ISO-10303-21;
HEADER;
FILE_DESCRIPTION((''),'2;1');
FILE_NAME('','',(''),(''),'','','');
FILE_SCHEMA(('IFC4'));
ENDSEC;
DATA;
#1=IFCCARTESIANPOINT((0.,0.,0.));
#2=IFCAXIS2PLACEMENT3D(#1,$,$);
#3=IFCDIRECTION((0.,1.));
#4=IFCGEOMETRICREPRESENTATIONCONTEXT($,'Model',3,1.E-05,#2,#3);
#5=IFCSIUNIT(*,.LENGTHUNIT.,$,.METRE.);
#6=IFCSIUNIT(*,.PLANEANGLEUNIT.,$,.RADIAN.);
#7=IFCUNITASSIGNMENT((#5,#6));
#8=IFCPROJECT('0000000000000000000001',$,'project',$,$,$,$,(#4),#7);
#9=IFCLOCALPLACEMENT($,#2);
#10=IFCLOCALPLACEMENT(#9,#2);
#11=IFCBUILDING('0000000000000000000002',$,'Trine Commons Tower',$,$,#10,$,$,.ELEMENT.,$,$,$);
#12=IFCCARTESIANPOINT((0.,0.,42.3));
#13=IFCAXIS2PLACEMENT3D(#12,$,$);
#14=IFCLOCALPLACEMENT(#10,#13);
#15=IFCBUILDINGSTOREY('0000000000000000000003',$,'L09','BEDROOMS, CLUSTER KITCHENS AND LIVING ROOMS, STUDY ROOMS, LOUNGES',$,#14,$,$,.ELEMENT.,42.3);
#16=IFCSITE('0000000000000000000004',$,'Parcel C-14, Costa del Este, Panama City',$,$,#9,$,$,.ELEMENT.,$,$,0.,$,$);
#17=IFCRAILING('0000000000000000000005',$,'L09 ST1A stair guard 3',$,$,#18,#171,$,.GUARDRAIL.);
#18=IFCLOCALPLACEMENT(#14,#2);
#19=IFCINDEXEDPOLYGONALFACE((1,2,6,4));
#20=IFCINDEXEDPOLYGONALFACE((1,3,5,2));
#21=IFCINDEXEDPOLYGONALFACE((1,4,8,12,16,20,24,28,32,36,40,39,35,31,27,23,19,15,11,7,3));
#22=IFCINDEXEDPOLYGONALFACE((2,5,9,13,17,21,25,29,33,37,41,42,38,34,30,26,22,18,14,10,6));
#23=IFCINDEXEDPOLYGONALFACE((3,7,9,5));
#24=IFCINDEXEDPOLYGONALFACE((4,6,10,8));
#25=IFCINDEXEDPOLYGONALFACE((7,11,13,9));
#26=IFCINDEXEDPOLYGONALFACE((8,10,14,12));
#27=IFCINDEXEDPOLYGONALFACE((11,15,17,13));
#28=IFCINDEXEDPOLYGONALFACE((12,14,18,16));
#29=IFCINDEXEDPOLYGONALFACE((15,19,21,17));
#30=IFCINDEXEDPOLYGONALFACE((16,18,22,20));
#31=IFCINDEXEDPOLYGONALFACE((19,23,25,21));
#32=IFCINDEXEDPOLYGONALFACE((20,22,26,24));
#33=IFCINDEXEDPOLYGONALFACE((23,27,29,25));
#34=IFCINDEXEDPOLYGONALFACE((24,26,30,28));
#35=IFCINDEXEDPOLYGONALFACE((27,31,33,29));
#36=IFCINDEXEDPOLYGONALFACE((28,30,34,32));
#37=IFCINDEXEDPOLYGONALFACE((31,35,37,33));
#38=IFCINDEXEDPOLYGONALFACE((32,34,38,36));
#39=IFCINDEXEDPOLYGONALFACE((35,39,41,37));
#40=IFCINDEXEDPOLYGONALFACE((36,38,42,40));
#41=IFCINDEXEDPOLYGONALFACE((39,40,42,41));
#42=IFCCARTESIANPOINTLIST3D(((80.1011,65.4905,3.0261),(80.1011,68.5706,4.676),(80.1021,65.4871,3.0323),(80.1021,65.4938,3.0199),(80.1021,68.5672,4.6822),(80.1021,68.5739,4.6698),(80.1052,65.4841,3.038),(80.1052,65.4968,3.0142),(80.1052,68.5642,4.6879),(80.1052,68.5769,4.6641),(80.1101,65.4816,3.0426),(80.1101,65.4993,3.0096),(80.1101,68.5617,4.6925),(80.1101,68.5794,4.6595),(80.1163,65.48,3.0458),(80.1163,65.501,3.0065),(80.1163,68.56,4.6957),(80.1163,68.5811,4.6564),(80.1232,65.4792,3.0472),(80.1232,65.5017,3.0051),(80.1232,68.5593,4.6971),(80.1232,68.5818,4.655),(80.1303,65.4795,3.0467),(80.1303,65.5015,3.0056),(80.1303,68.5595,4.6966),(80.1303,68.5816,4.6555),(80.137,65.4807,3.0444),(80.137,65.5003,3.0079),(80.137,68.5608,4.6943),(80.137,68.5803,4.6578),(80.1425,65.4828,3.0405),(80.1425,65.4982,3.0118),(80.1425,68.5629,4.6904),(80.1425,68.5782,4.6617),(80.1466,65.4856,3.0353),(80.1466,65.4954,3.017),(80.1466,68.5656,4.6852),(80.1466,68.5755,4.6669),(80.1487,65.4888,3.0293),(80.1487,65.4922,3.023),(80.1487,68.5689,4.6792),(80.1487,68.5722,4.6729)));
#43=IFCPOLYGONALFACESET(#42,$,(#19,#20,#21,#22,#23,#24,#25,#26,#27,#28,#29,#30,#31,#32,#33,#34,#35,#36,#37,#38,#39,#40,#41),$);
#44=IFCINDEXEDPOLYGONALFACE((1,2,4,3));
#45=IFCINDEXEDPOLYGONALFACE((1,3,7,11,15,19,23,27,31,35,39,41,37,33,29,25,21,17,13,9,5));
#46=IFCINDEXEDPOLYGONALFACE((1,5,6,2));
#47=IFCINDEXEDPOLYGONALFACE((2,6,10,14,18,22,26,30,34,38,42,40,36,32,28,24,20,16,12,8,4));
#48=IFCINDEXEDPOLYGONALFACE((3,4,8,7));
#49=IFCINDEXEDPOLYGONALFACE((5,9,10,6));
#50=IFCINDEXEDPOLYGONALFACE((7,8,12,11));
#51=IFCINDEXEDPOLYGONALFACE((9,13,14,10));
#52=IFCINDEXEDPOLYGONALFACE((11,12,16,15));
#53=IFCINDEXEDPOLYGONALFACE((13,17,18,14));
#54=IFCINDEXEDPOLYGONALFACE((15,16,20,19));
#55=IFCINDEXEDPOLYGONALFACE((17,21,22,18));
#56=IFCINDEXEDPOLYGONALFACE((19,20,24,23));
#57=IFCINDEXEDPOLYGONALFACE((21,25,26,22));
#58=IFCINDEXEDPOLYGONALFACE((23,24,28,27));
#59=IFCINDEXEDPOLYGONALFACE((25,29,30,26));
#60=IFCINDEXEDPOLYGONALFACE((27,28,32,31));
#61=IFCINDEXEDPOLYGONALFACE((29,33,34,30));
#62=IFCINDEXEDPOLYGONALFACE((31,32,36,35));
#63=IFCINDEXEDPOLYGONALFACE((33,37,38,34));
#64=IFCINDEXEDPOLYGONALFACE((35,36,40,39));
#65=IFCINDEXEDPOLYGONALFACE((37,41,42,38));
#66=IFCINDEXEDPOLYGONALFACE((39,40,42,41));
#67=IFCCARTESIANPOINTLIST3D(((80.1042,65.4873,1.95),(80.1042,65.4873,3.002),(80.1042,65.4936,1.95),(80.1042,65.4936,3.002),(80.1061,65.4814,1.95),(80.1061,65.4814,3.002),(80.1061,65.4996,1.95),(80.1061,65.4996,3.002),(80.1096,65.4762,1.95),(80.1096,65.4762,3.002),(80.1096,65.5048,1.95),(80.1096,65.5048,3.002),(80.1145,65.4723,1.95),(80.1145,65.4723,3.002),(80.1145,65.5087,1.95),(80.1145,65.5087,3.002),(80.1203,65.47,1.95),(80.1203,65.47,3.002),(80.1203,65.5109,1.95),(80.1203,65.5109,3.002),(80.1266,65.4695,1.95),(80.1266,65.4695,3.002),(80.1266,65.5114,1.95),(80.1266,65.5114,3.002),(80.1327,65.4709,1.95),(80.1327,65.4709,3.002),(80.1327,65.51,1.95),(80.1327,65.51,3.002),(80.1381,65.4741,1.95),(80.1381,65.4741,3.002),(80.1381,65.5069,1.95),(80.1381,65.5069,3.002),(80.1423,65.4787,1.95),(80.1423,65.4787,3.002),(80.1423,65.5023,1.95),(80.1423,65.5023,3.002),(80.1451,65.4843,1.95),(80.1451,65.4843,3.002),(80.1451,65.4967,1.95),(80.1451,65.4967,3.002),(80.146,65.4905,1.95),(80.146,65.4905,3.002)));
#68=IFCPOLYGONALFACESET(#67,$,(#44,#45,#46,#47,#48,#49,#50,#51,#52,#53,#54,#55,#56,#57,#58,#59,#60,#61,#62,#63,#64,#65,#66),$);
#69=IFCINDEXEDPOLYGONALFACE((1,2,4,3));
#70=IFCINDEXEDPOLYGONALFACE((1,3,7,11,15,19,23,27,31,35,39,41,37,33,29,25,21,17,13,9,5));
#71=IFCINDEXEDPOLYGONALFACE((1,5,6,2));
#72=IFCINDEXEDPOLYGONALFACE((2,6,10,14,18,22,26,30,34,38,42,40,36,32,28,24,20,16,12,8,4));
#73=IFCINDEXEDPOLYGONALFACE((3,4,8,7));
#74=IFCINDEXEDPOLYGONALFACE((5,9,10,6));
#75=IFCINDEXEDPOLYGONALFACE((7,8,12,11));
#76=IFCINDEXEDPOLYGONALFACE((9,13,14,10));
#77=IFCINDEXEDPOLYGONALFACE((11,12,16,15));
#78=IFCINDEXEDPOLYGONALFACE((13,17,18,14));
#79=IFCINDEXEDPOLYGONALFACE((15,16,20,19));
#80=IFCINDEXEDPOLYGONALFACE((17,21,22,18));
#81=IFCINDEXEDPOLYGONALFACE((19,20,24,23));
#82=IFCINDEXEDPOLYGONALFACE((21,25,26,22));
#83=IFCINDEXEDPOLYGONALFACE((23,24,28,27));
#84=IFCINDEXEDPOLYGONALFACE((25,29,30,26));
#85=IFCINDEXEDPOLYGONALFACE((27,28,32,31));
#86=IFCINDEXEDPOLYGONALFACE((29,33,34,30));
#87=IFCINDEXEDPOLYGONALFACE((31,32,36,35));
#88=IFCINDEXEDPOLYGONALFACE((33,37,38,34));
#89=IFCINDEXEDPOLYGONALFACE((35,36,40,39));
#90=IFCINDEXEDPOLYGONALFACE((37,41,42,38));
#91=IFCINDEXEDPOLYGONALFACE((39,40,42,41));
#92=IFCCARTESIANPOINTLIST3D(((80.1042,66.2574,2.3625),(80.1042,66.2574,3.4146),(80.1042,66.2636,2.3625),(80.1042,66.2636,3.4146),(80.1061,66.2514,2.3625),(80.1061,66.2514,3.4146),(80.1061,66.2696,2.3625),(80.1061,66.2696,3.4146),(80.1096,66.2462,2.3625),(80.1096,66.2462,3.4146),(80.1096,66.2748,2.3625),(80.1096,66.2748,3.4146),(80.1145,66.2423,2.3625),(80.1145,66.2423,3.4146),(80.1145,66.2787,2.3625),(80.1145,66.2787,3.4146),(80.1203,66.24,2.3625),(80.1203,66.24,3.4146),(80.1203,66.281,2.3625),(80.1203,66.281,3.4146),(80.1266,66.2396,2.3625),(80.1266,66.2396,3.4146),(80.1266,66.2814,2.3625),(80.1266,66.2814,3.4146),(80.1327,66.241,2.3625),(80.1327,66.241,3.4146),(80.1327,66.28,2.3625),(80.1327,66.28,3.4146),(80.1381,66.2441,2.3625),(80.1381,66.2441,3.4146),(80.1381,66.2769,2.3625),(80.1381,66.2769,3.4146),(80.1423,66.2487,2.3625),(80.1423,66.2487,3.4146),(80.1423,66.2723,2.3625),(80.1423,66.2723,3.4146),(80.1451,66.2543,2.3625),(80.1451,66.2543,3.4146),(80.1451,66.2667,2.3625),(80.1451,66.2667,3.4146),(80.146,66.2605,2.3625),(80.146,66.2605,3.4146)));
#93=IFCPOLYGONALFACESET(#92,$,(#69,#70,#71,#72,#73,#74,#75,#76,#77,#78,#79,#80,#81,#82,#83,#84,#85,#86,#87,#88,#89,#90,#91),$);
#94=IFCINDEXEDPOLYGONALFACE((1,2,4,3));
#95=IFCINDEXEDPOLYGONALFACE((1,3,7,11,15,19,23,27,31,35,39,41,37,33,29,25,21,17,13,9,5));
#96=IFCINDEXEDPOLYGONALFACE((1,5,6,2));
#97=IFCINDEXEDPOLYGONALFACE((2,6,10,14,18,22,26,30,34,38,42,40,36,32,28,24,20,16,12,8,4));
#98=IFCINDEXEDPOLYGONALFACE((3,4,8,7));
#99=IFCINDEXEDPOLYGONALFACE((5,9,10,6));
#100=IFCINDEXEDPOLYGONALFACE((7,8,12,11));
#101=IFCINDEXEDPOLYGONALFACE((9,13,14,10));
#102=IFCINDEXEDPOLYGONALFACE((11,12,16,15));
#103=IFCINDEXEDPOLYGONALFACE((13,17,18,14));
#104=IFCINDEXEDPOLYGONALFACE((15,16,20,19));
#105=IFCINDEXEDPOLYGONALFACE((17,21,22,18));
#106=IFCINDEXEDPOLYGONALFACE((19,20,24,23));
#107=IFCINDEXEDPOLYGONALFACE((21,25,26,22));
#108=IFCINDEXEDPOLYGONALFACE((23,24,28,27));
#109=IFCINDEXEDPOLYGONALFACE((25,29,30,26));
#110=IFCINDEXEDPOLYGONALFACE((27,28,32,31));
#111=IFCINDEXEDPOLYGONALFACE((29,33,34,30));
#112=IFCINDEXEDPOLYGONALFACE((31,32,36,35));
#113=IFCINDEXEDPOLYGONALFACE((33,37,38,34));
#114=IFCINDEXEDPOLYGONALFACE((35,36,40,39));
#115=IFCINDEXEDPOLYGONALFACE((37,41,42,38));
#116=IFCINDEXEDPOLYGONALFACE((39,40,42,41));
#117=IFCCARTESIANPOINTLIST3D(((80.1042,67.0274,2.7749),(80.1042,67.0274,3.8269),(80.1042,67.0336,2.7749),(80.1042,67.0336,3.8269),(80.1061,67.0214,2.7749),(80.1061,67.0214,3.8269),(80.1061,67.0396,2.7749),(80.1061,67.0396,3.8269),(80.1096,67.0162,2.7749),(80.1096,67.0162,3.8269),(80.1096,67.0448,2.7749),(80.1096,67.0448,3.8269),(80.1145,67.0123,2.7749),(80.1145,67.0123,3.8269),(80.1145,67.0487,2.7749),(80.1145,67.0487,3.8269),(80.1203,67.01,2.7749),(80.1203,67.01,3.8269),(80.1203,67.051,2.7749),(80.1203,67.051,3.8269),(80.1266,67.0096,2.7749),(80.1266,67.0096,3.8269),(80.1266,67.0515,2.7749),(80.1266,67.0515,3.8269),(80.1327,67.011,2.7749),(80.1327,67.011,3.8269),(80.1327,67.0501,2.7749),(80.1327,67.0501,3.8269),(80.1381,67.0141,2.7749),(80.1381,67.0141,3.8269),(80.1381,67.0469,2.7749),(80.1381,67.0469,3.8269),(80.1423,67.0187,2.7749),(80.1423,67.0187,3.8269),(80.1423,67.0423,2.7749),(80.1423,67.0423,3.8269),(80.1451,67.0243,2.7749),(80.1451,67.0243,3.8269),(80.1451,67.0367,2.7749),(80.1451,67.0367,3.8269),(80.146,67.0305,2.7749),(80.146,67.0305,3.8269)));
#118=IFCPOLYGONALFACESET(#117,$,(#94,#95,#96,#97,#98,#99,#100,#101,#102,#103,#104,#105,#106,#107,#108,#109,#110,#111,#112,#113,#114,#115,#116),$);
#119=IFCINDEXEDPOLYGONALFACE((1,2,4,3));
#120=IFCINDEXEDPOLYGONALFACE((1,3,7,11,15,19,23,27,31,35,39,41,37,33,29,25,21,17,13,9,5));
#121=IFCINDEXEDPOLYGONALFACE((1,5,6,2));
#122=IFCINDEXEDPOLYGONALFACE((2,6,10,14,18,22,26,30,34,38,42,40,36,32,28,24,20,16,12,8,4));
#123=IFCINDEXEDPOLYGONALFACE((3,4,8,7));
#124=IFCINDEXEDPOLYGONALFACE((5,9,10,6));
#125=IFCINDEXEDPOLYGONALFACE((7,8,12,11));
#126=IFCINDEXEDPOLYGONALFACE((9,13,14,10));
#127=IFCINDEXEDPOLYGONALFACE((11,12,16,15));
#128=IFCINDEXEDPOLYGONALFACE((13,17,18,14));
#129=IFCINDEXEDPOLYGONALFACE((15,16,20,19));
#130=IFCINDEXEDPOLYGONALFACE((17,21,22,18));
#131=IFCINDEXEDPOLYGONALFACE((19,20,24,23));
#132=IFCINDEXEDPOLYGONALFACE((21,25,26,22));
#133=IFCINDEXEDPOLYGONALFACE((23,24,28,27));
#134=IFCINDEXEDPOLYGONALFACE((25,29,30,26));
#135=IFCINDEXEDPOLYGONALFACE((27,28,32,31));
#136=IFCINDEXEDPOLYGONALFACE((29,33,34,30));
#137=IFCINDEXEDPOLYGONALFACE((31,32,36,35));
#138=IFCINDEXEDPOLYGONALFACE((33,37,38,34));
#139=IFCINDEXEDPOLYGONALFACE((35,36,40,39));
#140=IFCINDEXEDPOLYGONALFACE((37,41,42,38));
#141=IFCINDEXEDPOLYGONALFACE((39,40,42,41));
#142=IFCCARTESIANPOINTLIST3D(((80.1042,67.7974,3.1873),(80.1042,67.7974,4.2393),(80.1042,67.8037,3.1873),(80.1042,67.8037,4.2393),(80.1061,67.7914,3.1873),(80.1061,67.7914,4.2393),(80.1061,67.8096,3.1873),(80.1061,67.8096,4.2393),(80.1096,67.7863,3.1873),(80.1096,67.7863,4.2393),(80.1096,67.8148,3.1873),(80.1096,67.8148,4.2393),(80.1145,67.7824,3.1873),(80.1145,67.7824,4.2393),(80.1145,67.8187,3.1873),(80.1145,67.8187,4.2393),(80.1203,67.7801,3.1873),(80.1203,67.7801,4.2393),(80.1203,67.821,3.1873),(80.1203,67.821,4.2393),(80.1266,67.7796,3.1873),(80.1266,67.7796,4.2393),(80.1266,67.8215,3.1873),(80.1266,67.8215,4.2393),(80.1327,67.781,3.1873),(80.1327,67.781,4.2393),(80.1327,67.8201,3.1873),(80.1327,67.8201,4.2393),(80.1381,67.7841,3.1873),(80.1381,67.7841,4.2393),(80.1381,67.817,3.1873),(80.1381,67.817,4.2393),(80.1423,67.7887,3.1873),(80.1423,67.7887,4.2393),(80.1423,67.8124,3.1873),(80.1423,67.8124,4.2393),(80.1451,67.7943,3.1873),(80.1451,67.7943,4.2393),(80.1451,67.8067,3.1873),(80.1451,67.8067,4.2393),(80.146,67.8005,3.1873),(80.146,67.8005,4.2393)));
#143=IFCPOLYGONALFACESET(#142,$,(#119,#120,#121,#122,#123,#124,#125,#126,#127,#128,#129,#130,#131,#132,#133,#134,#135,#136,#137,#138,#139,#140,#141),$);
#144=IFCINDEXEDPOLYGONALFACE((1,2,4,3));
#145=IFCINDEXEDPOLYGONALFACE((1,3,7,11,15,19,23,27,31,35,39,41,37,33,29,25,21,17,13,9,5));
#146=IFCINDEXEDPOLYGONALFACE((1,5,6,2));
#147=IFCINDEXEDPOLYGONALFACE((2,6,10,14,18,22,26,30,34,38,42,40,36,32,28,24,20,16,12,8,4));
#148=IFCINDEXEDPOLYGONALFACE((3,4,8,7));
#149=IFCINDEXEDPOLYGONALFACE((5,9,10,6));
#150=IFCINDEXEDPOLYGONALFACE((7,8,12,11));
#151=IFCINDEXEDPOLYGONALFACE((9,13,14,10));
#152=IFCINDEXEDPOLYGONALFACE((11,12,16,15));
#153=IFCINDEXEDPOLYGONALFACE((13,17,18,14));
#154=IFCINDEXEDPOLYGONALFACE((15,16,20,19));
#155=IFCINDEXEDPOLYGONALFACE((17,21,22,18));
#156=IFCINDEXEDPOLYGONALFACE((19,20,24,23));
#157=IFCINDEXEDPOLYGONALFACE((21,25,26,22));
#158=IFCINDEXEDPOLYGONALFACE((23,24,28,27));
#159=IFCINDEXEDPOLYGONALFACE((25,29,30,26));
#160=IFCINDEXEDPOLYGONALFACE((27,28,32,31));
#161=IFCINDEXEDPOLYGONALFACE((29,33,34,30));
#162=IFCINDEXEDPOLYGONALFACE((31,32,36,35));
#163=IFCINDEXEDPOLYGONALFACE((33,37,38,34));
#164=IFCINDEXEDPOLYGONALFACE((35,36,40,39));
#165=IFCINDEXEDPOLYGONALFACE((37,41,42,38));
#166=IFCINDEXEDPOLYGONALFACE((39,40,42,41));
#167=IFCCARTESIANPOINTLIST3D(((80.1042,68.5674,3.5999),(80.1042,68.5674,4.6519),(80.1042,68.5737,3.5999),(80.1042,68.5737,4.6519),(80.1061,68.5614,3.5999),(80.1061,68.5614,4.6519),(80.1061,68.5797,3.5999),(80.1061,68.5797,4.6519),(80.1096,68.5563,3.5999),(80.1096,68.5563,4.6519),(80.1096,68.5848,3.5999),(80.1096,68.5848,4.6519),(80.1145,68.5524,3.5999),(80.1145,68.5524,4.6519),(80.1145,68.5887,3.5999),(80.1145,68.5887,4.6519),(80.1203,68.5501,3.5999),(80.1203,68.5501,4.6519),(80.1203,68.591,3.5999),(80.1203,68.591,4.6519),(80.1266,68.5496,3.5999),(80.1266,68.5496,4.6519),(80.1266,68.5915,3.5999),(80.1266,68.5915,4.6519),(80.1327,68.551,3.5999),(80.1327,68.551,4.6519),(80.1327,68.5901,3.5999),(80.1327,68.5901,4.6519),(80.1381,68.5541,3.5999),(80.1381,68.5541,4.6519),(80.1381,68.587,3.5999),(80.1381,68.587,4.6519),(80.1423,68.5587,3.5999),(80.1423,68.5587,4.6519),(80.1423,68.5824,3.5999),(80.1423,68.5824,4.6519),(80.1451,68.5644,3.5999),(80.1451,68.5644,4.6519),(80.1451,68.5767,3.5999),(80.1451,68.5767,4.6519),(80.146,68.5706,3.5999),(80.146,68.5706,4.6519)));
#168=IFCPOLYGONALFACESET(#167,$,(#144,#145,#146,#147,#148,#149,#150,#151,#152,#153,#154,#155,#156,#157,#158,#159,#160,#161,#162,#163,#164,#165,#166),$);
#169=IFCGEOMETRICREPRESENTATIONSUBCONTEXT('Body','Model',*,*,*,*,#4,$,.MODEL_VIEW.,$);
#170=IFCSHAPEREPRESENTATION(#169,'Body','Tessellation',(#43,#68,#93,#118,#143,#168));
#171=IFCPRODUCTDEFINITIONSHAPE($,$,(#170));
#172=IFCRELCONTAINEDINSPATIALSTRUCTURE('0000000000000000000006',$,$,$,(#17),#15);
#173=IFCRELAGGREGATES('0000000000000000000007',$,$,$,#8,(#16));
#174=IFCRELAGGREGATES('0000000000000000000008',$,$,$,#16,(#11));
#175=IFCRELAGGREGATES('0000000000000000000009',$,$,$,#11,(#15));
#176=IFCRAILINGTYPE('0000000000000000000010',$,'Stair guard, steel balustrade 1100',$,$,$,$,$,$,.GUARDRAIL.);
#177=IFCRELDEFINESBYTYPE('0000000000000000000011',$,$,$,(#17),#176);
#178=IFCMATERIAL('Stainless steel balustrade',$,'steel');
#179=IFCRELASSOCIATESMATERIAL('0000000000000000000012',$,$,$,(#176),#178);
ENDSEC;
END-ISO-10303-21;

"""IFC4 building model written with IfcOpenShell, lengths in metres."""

from ifc_helpers import new_model, si_unit, direction, frame, origin, origin_2d, place, context, subcontext, project, spatial, circle, extrude, material, type_object, element, save


model = new_model("IFC4")

# Units and contexts
model_context = context("Model", 3, precision=1e-05, world=origin(), true_north=direction((0.0, 1.0)))
body_context = subcontext(model_context, "Body", "Model", "MODEL_VIEW")
ifc_project = project(units=[si_unit("LENGTHUNIT", "METRE"), si_unit("PLANEANGLEUNIT", "RADIAN")], contexts=[model_context])

# Site, building, storey
site_placement = place(None, origin())
site = spatial("IfcSite", under=ifc_project, at=site_placement, Name="Parcel C-14, Costa del Este, Panama City", CompositionType="ELEMENT", RefElevation=0.0)
building_placement = place(site_placement, origin())
building = spatial("IfcBuilding", under=site, at=building_placement, Name="Trine Commons Tower", CompositionType="ELEMENT")
storey_placement = place(building_placement, frame((0.0, 0.0, 42.3)))
storey = spatial("IfcBuildingStorey", under=building, at=storey_placement, Name="L09", Description="BEDROOMS, CLUSTER KITCHENS AND LIVING ROOMS, STUDY ROOMS, LOUNGES", CompositionType="ELEMENT", Elevation=42.3)

# Railing
ifc_material_1 = material(Name="Stainless steel balustrade", Category="steel")
railing_type_1 = type_object("IfcRailingType", Name="Stair guard, steel balustrade 1100", PredefinedType="GUARDRAIL", material=ifc_material_1)
railing_1_placement = place(storey_placement, frame((80.125, 65.4905, 1.95)))
element("IfcRailing", 1, at=railing_1_placement, inside=storey, type_object=railing_type_1, Name="L09 ST1A stair guard 3", PredefinedType="GUARDRAIL", context=body_context, shape_type="SweptSolid", body=[
    extrude(circle(Radius=0.0239, at=origin_2d()), frame((0.0, 0.0, 1.0762), z_axis=(0.0, 0.881497, 0.47219), x_axis=(-1.0, 0.0, 0.0)), (0.0, 0.0, 1.0), 3.4941),
    extrude(circle(Radius=0.021, at=origin_2d()), origin(), (0.0, 0.0, 1.0), 1.052),
    extrude(circle(Radius=0.021, at=origin_2d()), frame((0.0, 0.77, 0.4126)), (0.0, 0.0, 1.0), 1.052),
    extrude(circle(Radius=0.021, at=origin_2d()), frame((0.0, 1.54, 0.825)), (0.0, 0.0, 1.0), 1.052),
    extrude(circle(Radius=0.021, at=origin_2d()), frame((0.0, 2.3101, 1.2373)), (0.0, 0.0, 1.0), 1.052),
    extrude(circle(Radius=0.021, at=origin_2d()), frame((0.0, 3.0801, 1.6499)), (0.0, 0.0, 1.0), 1.052),
])

save(model, "model.ifc")
